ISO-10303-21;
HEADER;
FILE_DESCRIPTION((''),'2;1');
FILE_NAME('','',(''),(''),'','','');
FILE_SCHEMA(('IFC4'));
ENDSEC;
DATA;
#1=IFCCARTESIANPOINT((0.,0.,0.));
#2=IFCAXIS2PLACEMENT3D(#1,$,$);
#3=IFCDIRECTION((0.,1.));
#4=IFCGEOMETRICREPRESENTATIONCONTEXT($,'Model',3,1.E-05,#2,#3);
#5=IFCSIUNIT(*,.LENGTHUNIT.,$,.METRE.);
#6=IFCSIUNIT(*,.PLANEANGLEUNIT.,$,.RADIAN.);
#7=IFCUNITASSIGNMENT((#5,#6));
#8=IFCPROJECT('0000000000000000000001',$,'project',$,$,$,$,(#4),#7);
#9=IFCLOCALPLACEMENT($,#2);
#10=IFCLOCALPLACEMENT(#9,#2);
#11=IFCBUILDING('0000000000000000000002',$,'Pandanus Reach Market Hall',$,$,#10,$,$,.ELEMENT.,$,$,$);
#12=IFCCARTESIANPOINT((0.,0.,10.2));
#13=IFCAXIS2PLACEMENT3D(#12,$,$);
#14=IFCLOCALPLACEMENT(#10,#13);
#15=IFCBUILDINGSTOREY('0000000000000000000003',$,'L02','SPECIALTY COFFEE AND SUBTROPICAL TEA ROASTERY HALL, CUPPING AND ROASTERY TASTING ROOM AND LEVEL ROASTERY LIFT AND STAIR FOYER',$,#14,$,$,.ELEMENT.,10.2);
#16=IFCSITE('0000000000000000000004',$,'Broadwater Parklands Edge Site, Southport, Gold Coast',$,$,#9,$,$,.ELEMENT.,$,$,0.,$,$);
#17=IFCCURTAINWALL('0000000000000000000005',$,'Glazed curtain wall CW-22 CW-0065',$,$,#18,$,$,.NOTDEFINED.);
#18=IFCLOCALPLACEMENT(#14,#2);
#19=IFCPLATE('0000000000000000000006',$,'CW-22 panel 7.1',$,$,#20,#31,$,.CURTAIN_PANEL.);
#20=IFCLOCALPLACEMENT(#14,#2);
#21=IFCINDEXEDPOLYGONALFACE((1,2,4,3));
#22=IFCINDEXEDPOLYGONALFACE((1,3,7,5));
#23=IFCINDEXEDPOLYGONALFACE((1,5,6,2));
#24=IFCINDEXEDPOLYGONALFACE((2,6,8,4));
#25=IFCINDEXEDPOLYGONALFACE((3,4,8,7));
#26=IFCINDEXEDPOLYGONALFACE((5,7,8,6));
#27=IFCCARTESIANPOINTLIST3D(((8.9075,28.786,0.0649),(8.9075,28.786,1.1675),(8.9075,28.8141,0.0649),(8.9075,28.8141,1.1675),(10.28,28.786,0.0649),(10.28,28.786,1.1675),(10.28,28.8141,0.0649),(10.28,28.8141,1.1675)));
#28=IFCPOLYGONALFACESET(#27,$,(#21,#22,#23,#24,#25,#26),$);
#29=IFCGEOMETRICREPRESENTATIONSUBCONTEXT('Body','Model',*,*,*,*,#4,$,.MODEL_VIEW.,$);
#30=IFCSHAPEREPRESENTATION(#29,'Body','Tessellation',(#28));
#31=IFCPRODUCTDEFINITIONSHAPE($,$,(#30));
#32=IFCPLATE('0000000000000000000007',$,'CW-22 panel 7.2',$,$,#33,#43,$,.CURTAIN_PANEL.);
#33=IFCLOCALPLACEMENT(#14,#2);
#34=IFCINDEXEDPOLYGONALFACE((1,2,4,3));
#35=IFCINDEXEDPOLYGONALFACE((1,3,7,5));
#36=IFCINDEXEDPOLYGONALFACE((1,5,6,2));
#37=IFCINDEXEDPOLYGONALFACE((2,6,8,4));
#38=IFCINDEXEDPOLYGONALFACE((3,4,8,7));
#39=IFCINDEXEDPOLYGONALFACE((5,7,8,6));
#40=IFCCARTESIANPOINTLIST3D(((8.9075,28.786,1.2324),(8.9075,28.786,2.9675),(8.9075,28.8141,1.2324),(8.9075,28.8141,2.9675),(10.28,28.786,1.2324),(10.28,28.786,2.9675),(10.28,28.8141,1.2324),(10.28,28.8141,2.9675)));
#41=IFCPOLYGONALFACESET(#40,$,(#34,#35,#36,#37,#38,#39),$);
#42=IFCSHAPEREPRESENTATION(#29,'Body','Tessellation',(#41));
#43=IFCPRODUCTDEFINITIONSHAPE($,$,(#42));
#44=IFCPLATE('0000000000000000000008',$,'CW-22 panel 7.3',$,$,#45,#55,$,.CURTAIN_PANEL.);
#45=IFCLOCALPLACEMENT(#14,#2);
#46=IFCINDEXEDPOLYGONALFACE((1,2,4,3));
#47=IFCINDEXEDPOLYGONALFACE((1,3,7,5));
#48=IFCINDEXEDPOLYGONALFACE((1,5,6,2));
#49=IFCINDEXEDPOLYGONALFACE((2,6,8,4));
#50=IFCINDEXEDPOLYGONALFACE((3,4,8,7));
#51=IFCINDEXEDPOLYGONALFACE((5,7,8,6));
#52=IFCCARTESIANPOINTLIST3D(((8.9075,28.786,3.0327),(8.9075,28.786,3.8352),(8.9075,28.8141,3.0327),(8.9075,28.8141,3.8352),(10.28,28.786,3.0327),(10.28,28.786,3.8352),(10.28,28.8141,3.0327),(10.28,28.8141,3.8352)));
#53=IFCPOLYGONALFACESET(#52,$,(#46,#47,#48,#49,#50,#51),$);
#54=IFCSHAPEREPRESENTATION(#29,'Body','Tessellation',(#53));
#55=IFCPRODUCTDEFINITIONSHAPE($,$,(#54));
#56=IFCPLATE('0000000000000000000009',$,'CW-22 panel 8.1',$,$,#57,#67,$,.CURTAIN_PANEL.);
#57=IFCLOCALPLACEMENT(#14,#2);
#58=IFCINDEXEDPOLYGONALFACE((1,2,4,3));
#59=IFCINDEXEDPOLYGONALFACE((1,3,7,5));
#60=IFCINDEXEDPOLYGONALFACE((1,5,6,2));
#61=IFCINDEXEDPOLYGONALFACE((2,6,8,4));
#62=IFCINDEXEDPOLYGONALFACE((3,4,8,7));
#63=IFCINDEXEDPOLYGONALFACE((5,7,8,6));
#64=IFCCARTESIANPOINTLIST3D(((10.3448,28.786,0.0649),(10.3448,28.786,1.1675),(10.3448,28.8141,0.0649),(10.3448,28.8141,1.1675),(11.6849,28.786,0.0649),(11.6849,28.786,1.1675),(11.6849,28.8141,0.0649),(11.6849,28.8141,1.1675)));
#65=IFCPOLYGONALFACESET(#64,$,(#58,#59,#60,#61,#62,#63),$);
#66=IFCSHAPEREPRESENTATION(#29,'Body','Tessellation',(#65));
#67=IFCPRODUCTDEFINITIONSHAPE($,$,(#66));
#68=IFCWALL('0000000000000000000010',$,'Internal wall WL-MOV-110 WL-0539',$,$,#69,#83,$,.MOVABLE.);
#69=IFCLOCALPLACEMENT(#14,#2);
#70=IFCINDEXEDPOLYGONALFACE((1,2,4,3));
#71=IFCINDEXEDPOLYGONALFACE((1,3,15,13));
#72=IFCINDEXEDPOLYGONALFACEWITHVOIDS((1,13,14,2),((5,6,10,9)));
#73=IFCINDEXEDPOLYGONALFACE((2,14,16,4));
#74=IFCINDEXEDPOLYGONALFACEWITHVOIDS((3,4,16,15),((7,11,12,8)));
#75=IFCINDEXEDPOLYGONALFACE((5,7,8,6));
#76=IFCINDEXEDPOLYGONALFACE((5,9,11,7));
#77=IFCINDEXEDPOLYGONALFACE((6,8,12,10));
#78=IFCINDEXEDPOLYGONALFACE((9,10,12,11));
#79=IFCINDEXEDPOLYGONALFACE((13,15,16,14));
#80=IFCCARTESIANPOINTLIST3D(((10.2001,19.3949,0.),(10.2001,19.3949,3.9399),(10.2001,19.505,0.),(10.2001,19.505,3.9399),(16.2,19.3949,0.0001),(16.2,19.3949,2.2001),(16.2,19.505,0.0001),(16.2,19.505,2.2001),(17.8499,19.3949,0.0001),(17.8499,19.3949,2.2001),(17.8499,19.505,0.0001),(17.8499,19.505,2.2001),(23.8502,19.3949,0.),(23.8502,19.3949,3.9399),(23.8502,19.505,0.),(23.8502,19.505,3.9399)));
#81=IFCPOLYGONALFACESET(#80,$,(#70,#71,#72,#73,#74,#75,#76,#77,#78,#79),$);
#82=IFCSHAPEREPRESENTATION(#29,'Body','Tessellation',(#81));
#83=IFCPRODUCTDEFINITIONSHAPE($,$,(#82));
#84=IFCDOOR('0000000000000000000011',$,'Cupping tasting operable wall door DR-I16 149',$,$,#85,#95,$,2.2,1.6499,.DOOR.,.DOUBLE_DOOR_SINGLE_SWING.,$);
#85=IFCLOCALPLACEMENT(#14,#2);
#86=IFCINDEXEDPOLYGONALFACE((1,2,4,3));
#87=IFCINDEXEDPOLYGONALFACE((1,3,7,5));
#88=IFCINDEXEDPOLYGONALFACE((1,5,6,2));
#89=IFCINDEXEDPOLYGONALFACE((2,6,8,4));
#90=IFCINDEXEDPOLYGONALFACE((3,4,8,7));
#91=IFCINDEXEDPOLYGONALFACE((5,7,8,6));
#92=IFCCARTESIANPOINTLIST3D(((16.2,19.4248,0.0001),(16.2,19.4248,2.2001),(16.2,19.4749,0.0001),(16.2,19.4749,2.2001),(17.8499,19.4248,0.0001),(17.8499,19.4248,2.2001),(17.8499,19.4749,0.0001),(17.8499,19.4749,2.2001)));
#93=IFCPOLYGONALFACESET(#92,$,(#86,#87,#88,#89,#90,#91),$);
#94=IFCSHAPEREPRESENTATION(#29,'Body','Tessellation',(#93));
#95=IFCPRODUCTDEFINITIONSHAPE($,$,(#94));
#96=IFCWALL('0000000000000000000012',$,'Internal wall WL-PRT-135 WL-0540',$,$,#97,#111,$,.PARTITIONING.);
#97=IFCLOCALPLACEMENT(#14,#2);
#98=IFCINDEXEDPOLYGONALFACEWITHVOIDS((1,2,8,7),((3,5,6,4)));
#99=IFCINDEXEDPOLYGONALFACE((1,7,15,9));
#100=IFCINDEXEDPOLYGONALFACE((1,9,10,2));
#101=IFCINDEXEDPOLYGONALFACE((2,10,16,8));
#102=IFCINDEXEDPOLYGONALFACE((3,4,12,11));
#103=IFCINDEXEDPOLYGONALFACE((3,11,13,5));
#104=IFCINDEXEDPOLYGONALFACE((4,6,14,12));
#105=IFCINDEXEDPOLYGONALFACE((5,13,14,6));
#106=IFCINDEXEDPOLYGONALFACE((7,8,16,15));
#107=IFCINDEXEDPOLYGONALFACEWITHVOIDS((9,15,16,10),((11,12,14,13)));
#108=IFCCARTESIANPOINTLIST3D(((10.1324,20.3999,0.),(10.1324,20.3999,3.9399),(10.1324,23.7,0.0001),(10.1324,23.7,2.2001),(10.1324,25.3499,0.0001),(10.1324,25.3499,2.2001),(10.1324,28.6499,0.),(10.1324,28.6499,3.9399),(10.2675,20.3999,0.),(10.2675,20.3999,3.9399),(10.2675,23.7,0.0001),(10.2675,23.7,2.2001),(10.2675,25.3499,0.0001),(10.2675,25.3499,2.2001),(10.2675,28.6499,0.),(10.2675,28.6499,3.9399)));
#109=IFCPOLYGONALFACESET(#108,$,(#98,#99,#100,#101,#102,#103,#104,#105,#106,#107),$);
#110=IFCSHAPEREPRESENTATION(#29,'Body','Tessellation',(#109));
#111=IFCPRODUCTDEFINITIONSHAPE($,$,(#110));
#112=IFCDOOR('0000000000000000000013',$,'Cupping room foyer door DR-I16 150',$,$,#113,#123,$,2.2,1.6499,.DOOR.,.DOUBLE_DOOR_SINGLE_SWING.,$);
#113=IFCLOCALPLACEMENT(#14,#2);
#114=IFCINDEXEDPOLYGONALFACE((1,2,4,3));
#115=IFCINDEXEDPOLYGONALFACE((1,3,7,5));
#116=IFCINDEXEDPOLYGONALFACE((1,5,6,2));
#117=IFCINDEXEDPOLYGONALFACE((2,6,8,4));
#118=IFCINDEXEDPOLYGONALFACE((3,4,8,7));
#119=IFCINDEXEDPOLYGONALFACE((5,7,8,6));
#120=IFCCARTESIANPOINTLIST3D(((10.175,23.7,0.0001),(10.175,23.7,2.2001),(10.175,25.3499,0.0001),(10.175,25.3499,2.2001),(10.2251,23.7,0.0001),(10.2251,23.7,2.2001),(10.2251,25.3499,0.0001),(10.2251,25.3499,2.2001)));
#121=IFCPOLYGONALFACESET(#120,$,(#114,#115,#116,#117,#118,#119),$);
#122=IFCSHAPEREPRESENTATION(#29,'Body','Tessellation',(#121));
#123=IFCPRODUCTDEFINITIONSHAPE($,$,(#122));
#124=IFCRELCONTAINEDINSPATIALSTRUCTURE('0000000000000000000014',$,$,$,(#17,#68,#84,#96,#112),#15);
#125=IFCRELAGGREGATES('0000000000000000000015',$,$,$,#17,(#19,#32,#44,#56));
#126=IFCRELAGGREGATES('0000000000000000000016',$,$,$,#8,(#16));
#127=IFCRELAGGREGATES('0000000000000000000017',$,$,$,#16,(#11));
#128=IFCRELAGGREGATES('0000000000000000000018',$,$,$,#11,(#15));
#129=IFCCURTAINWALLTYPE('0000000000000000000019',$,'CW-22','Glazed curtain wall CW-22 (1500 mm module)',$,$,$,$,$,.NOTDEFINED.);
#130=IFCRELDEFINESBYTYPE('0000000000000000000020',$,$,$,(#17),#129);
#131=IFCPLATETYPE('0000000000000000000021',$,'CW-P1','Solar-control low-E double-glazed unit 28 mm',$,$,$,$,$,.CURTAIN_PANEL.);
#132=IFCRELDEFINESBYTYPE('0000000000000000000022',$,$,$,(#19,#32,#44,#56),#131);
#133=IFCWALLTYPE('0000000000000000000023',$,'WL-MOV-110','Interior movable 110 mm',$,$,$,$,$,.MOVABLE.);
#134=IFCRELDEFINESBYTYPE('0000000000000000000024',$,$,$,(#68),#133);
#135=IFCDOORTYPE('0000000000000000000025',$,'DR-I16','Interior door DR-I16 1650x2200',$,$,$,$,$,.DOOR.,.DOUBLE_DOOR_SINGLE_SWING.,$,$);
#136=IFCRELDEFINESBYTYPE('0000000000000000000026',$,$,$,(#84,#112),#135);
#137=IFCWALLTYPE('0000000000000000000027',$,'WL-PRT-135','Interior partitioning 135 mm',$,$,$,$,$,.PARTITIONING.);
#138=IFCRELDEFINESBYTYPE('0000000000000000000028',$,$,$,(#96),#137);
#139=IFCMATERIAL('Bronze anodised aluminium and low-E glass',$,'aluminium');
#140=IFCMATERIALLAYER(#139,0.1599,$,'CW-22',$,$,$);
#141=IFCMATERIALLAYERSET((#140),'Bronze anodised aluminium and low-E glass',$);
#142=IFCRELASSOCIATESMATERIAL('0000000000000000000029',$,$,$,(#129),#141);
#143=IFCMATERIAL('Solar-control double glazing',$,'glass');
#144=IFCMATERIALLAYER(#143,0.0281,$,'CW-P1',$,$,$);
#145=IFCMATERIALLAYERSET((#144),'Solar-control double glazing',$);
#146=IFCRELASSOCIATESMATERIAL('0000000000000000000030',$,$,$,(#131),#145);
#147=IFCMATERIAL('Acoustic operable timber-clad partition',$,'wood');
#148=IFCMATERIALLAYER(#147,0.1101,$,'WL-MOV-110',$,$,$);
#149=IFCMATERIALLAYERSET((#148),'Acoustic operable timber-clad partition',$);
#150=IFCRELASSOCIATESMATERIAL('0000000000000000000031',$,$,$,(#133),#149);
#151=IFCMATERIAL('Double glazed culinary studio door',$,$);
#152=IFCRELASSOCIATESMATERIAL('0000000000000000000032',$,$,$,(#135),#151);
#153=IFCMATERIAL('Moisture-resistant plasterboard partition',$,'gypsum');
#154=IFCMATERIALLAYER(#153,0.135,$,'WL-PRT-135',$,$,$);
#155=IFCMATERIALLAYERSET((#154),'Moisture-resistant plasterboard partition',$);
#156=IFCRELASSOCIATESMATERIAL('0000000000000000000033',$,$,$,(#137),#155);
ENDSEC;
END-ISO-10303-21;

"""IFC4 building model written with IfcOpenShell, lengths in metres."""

from ifc_helpers import new_model, si_unit, direction, frame, frame_2d, origin, origin_2d, place, context, subcontext, project, spatial, rectangle, extrude, material, layer, layer_set, type_object, element, fill, aggregate, save


model = new_model("IFC4")

# Units and contexts
model_context = context("Model", 3, precision=1e-05, world=origin(), true_north=direction((0.0, 1.0)))
body_context = subcontext(model_context, "Body", "Model", "MODEL_VIEW")
ifc_project = project(units=[si_unit("LENGTHUNIT", "METRE"), si_unit("PLANEANGLEUNIT", "RADIAN")], contexts=[model_context])

# Site, building, storey
site_placement = place(None, origin())
site = spatial("IfcSite", under=ifc_project, at=site_placement, Name="Broadwater Parklands Edge Site, Southport, Gold Coast", CompositionType="ELEMENT", RefElevation=0.0)
building_placement = place(site_placement, origin())
building = spatial("IfcBuilding", under=site, at=building_placement, Name="Pandanus Reach Market Hall", CompositionType="ELEMENT")
storey_placement = place(building_placement, frame((0.0, 0.0, 10.2)))
storey = spatial("IfcBuildingStorey", under=building, at=storey_placement, Name="L02", Description="SPECIALTY COFFEE AND SUBTROPICAL TEA ROASTERY HALL, CUPPING AND ROASTERY TASTING ROOM AND LEVEL ROASTERY LIFT AND STAIR FOYER", CompositionType="ELEMENT", Elevation=10.2)

# Curtain wall
ifc_material_1 = material(Name="Bronze anodised aluminium and low-E glass", Category="aluminium")
ifc_layer_1 = layer(ifc_material_1, 0.1599, Name="CW-22")
ifc_layer_set_1 = layer_set([ifc_layer_1], Name="Bronze anodised aluminium and low-E glass")
curtain_wall_type = type_object("IfcCurtainWallType", Name="CW-22", Description="Glazed curtain wall CW-22 (1500 mm module)", PredefinedType="NOTDEFINED", material=ifc_layer_set_1)
curtain_wall_placement = place(storey_placement, origin())
curtain_wall = element("IfcCurtainWall", 1, at=curtain_wall_placement, inside=storey, type_object=curtain_wall_type, Name="Glazed curtain wall CW-22 CW-0065", PredefinedType="NOTDEFINED")

# Plates
ifc_material_2 = material(Name="Solar-control double glazing", Category="glass")
ifc_layer_2 = layer(ifc_material_2, 0.0281, Name="CW-P1")
ifc_layer_set_2 = layer_set([ifc_layer_2], Name="Solar-control double glazing")
plate_type = type_object("IfcPlateType", Name="CW-P1", Description="Solar-control low-E double-glazed unit 28 mm", PredefinedType="CURTAIN_PANEL", material=ifc_layer_set_2)
plate_1_placement = place(storey_placement, frame((9.5938, 28.8, 0.0649), z_axis=(0.0, 0.0, 1.0), x_axis=(1.0, 0.0, 0.0)))
plate_1 = element("IfcPlate", 2, at=plate_1_placement, type_object=plate_type, Name="CW-22 panel 7.1", PredefinedType="CURTAIN_PANEL", context=body_context, shape_type="SweptSolid", body=[
    extrude(rectangle(XDim=1.3726, YDim=0.0281, at=origin_2d()), origin(), (0.0, 0.0, 1.0), 1.1025),
])
plate_2_placement = place(storey_placement, frame((9.5938, 28.8, 1.2324), z_axis=(0.0, 0.0, 1.0), x_axis=(1.0, 0.0, 0.0)))
plate_2 = element("IfcPlate", 3, at=plate_2_placement, type_object=plate_type, Name="CW-22 panel 7.2", PredefinedType="CURTAIN_PANEL", context=body_context, shape_type="SweptSolid", body=[
    extrude(rectangle(XDim=1.3726, YDim=0.0281, at=origin_2d()), origin(), (0.0, 0.0, 1.0), 1.7351),
])
plate_3_placement = place(storey_placement, frame((9.5938, 28.8, 3.0327), z_axis=(0.0, 0.0, 1.0), x_axis=(1.0, 0.0, 0.0)))
plate_3 = element("IfcPlate", 4, at=plate_3_placement, type_object=plate_type, Name="CW-22 panel 7.3", PredefinedType="CURTAIN_PANEL", context=body_context, shape_type="SweptSolid", body=[
    extrude(rectangle(XDim=1.3726, YDim=0.0281, at=origin_2d()), origin(), (0.0, 0.0, 1.0), 0.8025),
])
plate_4_placement = place(storey_placement, frame((11.0149, 28.8, 0.0649), z_axis=(0.0, 0.0, 1.0), x_axis=(1.0, 0.0, 0.0)))
plate_4 = element("IfcPlate", 5, at=plate_4_placement, type_object=plate_type, Name="CW-22 panel 8.1", PredefinedType="CURTAIN_PANEL", context=body_context, shape_type="SweptSolid", body=[
    extrude(rectangle(XDim=1.3401, YDim=0.0281, at=origin_2d()), origin(), (0.0, 0.0, 1.0), 1.1025),
])
aggregate(curtain_wall, [plate_1, plate_2, plate_3, plate_4])

# Walls, openings, doors
ifc_material_3 = material(Name="Acoustic operable timber-clad partition", Category="wood")
ifc_layer_3 = layer(ifc_material_3, 0.1101, Name="WL-MOV-110")
ifc_layer_set_3 = layer_set([ifc_layer_3], Name="Acoustic operable timber-clad partition")
wall_type_1 = type_object("IfcWallType", Name="WL-MOV-110", Description="Interior movable 110 mm", PredefinedType="MOVABLE", material=ifc_layer_set_3)
wall_1_placement = place(storey_placement, frame((10.2, 19.45, 0.0), z_axis=(0.0, 0.0, 1.0), x_axis=(1.0, 0.0, 0.0)))
wall_1 = element("IfcWall", 6, at=wall_1_placement, inside=storey, type_object=wall_type_1, Name="Internal wall WL-MOV-110 WL-0539", PredefinedType="MOVABLE", context=body_context, shape_type="SweptSolid", body=[
    extrude(rectangle(XDim=13.6501, YDim=0.1101, at=frame_2d((6.8252, 0.0))), origin(), (0.0, 0.0, 1.0), 3.9399),
])
opening_1_placement = place(wall_1_placement, frame((6.0, 0.0, 0.0)))
opening_1 = element("IfcOpeningElement", 7, at=opening_1_placement, cuts=wall_1, PredefinedType="OPENING", context=body_context, shape_type="SweptSolid", body=[
    extrude(rectangle(XDim=1.6499, YDim=2.2, at=frame_2d((0.825, 1.1001))), frame((0.0, 0.0701, 0.0), z_axis=(0.0, -1.0, 0.0), x_axis=(1.0, 0.0, 0.0)), (0.0, 0.0, 1.0), 0.1401),
])
ifc_material_4 = material(Name="Double glazed culinary studio door")
door_type = type_object("IfcDoorType", Name="DR-I16", Description="Interior door DR-I16 1650x2200", OperationType="DOUBLE_DOOR_SINGLE_SWING", PredefinedType="DOOR", material=ifc_material_4)
door_1_placement = place(opening_1_placement, origin())
door_1 = element("IfcDoor", 8, at=door_1_placement, inside=storey, type_object=door_type, Name="Cupping tasting operable wall door DR-I16 149", OperationType="DOUBLE_DOOR_SINGLE_SWING", OverallHeight=2.2, OverallWidth=1.6499, PredefinedType="DOOR", context=body_context, shape_type="SweptSolid", body=[
    extrude(rectangle(XDim=1.6499, YDim=2.2, at=frame_2d((0.825, 1.1001))), frame((0.0, 0.0249, 0.0), z_axis=(0.0, -1.0, 0.0), x_axis=(1.0, 0.0, 0.0)), (0.0, 0.0, 1.0), 0.05),
])
fill(opening_1, door_1)
ifc_material_5 = material(Name="Moisture-resistant plasterboard partition", Category="gypsum")
ifc_layer_4 = layer(ifc_material_5, 0.135, Name="WL-PRT-135")
ifc_layer_set_4 = layer_set([ifc_layer_4], Name="Moisture-resistant plasterboard partition")
wall_type_2 = type_object("IfcWallType", Name="WL-PRT-135", Description="Interior partitioning 135 mm", PredefinedType="PARTITIONING", material=ifc_layer_set_4)
wall_2_placement = place(storey_placement, frame((10.2, 20.3999, 0.0), z_axis=(0.0, 0.0, 1.0), x_axis=(0.0, 1.0, 0.0)))
wall_2 = element("IfcWall", 9, at=wall_2_placement, inside=storey, type_object=wall_type_2, Name="Internal wall WL-PRT-135 WL-0540", PredefinedType="PARTITIONING", context=body_context, shape_type="SweptSolid", body=[
    extrude(rectangle(XDim=8.25, YDim=0.135, at=frame_2d((4.125, 0.0))), origin(), (0.0, 0.0, 1.0), 3.9399),
])
opening_2_placement = place(wall_2_placement, frame((3.3, 0.0, 0.0)))
opening_2 = element("IfcOpeningElement", 10, at=opening_2_placement, cuts=wall_2, PredefinedType="OPENING", context=body_context, shape_type="SweptSolid", body=[
    extrude(rectangle(XDim=1.6499, YDim=2.2, at=frame_2d((0.825, 1.1001))), frame((0.0, 0.0825, 0.0), z_axis=(0.0, -1.0, 0.0), x_axis=(1.0, 0.0, 0.0)), (0.0, 0.0, 1.0), 0.165),
])
door_2_placement = place(opening_2_placement, origin())
door_2 = element("IfcDoor", 11, at=door_2_placement, inside=storey, type_object=door_type, Name="Cupping room foyer door DR-I16 150", OperationType="DOUBLE_DOOR_SINGLE_SWING", OverallHeight=2.2, OverallWidth=1.6499, PredefinedType="DOOR", context=body_context, shape_type="SweptSolid", body=[
    extrude(rectangle(XDim=1.6499, YDim=2.2, at=frame_2d((0.825, 1.1001))), frame((0.0, 0.0249, 0.0), z_axis=(0.0, -1.0, 0.0), x_axis=(1.0, 0.0, 0.0)), (0.0, 0.0, 1.0), 0.05),
])
fill(opening_2, door_2)

save(model, "model.ifc")
